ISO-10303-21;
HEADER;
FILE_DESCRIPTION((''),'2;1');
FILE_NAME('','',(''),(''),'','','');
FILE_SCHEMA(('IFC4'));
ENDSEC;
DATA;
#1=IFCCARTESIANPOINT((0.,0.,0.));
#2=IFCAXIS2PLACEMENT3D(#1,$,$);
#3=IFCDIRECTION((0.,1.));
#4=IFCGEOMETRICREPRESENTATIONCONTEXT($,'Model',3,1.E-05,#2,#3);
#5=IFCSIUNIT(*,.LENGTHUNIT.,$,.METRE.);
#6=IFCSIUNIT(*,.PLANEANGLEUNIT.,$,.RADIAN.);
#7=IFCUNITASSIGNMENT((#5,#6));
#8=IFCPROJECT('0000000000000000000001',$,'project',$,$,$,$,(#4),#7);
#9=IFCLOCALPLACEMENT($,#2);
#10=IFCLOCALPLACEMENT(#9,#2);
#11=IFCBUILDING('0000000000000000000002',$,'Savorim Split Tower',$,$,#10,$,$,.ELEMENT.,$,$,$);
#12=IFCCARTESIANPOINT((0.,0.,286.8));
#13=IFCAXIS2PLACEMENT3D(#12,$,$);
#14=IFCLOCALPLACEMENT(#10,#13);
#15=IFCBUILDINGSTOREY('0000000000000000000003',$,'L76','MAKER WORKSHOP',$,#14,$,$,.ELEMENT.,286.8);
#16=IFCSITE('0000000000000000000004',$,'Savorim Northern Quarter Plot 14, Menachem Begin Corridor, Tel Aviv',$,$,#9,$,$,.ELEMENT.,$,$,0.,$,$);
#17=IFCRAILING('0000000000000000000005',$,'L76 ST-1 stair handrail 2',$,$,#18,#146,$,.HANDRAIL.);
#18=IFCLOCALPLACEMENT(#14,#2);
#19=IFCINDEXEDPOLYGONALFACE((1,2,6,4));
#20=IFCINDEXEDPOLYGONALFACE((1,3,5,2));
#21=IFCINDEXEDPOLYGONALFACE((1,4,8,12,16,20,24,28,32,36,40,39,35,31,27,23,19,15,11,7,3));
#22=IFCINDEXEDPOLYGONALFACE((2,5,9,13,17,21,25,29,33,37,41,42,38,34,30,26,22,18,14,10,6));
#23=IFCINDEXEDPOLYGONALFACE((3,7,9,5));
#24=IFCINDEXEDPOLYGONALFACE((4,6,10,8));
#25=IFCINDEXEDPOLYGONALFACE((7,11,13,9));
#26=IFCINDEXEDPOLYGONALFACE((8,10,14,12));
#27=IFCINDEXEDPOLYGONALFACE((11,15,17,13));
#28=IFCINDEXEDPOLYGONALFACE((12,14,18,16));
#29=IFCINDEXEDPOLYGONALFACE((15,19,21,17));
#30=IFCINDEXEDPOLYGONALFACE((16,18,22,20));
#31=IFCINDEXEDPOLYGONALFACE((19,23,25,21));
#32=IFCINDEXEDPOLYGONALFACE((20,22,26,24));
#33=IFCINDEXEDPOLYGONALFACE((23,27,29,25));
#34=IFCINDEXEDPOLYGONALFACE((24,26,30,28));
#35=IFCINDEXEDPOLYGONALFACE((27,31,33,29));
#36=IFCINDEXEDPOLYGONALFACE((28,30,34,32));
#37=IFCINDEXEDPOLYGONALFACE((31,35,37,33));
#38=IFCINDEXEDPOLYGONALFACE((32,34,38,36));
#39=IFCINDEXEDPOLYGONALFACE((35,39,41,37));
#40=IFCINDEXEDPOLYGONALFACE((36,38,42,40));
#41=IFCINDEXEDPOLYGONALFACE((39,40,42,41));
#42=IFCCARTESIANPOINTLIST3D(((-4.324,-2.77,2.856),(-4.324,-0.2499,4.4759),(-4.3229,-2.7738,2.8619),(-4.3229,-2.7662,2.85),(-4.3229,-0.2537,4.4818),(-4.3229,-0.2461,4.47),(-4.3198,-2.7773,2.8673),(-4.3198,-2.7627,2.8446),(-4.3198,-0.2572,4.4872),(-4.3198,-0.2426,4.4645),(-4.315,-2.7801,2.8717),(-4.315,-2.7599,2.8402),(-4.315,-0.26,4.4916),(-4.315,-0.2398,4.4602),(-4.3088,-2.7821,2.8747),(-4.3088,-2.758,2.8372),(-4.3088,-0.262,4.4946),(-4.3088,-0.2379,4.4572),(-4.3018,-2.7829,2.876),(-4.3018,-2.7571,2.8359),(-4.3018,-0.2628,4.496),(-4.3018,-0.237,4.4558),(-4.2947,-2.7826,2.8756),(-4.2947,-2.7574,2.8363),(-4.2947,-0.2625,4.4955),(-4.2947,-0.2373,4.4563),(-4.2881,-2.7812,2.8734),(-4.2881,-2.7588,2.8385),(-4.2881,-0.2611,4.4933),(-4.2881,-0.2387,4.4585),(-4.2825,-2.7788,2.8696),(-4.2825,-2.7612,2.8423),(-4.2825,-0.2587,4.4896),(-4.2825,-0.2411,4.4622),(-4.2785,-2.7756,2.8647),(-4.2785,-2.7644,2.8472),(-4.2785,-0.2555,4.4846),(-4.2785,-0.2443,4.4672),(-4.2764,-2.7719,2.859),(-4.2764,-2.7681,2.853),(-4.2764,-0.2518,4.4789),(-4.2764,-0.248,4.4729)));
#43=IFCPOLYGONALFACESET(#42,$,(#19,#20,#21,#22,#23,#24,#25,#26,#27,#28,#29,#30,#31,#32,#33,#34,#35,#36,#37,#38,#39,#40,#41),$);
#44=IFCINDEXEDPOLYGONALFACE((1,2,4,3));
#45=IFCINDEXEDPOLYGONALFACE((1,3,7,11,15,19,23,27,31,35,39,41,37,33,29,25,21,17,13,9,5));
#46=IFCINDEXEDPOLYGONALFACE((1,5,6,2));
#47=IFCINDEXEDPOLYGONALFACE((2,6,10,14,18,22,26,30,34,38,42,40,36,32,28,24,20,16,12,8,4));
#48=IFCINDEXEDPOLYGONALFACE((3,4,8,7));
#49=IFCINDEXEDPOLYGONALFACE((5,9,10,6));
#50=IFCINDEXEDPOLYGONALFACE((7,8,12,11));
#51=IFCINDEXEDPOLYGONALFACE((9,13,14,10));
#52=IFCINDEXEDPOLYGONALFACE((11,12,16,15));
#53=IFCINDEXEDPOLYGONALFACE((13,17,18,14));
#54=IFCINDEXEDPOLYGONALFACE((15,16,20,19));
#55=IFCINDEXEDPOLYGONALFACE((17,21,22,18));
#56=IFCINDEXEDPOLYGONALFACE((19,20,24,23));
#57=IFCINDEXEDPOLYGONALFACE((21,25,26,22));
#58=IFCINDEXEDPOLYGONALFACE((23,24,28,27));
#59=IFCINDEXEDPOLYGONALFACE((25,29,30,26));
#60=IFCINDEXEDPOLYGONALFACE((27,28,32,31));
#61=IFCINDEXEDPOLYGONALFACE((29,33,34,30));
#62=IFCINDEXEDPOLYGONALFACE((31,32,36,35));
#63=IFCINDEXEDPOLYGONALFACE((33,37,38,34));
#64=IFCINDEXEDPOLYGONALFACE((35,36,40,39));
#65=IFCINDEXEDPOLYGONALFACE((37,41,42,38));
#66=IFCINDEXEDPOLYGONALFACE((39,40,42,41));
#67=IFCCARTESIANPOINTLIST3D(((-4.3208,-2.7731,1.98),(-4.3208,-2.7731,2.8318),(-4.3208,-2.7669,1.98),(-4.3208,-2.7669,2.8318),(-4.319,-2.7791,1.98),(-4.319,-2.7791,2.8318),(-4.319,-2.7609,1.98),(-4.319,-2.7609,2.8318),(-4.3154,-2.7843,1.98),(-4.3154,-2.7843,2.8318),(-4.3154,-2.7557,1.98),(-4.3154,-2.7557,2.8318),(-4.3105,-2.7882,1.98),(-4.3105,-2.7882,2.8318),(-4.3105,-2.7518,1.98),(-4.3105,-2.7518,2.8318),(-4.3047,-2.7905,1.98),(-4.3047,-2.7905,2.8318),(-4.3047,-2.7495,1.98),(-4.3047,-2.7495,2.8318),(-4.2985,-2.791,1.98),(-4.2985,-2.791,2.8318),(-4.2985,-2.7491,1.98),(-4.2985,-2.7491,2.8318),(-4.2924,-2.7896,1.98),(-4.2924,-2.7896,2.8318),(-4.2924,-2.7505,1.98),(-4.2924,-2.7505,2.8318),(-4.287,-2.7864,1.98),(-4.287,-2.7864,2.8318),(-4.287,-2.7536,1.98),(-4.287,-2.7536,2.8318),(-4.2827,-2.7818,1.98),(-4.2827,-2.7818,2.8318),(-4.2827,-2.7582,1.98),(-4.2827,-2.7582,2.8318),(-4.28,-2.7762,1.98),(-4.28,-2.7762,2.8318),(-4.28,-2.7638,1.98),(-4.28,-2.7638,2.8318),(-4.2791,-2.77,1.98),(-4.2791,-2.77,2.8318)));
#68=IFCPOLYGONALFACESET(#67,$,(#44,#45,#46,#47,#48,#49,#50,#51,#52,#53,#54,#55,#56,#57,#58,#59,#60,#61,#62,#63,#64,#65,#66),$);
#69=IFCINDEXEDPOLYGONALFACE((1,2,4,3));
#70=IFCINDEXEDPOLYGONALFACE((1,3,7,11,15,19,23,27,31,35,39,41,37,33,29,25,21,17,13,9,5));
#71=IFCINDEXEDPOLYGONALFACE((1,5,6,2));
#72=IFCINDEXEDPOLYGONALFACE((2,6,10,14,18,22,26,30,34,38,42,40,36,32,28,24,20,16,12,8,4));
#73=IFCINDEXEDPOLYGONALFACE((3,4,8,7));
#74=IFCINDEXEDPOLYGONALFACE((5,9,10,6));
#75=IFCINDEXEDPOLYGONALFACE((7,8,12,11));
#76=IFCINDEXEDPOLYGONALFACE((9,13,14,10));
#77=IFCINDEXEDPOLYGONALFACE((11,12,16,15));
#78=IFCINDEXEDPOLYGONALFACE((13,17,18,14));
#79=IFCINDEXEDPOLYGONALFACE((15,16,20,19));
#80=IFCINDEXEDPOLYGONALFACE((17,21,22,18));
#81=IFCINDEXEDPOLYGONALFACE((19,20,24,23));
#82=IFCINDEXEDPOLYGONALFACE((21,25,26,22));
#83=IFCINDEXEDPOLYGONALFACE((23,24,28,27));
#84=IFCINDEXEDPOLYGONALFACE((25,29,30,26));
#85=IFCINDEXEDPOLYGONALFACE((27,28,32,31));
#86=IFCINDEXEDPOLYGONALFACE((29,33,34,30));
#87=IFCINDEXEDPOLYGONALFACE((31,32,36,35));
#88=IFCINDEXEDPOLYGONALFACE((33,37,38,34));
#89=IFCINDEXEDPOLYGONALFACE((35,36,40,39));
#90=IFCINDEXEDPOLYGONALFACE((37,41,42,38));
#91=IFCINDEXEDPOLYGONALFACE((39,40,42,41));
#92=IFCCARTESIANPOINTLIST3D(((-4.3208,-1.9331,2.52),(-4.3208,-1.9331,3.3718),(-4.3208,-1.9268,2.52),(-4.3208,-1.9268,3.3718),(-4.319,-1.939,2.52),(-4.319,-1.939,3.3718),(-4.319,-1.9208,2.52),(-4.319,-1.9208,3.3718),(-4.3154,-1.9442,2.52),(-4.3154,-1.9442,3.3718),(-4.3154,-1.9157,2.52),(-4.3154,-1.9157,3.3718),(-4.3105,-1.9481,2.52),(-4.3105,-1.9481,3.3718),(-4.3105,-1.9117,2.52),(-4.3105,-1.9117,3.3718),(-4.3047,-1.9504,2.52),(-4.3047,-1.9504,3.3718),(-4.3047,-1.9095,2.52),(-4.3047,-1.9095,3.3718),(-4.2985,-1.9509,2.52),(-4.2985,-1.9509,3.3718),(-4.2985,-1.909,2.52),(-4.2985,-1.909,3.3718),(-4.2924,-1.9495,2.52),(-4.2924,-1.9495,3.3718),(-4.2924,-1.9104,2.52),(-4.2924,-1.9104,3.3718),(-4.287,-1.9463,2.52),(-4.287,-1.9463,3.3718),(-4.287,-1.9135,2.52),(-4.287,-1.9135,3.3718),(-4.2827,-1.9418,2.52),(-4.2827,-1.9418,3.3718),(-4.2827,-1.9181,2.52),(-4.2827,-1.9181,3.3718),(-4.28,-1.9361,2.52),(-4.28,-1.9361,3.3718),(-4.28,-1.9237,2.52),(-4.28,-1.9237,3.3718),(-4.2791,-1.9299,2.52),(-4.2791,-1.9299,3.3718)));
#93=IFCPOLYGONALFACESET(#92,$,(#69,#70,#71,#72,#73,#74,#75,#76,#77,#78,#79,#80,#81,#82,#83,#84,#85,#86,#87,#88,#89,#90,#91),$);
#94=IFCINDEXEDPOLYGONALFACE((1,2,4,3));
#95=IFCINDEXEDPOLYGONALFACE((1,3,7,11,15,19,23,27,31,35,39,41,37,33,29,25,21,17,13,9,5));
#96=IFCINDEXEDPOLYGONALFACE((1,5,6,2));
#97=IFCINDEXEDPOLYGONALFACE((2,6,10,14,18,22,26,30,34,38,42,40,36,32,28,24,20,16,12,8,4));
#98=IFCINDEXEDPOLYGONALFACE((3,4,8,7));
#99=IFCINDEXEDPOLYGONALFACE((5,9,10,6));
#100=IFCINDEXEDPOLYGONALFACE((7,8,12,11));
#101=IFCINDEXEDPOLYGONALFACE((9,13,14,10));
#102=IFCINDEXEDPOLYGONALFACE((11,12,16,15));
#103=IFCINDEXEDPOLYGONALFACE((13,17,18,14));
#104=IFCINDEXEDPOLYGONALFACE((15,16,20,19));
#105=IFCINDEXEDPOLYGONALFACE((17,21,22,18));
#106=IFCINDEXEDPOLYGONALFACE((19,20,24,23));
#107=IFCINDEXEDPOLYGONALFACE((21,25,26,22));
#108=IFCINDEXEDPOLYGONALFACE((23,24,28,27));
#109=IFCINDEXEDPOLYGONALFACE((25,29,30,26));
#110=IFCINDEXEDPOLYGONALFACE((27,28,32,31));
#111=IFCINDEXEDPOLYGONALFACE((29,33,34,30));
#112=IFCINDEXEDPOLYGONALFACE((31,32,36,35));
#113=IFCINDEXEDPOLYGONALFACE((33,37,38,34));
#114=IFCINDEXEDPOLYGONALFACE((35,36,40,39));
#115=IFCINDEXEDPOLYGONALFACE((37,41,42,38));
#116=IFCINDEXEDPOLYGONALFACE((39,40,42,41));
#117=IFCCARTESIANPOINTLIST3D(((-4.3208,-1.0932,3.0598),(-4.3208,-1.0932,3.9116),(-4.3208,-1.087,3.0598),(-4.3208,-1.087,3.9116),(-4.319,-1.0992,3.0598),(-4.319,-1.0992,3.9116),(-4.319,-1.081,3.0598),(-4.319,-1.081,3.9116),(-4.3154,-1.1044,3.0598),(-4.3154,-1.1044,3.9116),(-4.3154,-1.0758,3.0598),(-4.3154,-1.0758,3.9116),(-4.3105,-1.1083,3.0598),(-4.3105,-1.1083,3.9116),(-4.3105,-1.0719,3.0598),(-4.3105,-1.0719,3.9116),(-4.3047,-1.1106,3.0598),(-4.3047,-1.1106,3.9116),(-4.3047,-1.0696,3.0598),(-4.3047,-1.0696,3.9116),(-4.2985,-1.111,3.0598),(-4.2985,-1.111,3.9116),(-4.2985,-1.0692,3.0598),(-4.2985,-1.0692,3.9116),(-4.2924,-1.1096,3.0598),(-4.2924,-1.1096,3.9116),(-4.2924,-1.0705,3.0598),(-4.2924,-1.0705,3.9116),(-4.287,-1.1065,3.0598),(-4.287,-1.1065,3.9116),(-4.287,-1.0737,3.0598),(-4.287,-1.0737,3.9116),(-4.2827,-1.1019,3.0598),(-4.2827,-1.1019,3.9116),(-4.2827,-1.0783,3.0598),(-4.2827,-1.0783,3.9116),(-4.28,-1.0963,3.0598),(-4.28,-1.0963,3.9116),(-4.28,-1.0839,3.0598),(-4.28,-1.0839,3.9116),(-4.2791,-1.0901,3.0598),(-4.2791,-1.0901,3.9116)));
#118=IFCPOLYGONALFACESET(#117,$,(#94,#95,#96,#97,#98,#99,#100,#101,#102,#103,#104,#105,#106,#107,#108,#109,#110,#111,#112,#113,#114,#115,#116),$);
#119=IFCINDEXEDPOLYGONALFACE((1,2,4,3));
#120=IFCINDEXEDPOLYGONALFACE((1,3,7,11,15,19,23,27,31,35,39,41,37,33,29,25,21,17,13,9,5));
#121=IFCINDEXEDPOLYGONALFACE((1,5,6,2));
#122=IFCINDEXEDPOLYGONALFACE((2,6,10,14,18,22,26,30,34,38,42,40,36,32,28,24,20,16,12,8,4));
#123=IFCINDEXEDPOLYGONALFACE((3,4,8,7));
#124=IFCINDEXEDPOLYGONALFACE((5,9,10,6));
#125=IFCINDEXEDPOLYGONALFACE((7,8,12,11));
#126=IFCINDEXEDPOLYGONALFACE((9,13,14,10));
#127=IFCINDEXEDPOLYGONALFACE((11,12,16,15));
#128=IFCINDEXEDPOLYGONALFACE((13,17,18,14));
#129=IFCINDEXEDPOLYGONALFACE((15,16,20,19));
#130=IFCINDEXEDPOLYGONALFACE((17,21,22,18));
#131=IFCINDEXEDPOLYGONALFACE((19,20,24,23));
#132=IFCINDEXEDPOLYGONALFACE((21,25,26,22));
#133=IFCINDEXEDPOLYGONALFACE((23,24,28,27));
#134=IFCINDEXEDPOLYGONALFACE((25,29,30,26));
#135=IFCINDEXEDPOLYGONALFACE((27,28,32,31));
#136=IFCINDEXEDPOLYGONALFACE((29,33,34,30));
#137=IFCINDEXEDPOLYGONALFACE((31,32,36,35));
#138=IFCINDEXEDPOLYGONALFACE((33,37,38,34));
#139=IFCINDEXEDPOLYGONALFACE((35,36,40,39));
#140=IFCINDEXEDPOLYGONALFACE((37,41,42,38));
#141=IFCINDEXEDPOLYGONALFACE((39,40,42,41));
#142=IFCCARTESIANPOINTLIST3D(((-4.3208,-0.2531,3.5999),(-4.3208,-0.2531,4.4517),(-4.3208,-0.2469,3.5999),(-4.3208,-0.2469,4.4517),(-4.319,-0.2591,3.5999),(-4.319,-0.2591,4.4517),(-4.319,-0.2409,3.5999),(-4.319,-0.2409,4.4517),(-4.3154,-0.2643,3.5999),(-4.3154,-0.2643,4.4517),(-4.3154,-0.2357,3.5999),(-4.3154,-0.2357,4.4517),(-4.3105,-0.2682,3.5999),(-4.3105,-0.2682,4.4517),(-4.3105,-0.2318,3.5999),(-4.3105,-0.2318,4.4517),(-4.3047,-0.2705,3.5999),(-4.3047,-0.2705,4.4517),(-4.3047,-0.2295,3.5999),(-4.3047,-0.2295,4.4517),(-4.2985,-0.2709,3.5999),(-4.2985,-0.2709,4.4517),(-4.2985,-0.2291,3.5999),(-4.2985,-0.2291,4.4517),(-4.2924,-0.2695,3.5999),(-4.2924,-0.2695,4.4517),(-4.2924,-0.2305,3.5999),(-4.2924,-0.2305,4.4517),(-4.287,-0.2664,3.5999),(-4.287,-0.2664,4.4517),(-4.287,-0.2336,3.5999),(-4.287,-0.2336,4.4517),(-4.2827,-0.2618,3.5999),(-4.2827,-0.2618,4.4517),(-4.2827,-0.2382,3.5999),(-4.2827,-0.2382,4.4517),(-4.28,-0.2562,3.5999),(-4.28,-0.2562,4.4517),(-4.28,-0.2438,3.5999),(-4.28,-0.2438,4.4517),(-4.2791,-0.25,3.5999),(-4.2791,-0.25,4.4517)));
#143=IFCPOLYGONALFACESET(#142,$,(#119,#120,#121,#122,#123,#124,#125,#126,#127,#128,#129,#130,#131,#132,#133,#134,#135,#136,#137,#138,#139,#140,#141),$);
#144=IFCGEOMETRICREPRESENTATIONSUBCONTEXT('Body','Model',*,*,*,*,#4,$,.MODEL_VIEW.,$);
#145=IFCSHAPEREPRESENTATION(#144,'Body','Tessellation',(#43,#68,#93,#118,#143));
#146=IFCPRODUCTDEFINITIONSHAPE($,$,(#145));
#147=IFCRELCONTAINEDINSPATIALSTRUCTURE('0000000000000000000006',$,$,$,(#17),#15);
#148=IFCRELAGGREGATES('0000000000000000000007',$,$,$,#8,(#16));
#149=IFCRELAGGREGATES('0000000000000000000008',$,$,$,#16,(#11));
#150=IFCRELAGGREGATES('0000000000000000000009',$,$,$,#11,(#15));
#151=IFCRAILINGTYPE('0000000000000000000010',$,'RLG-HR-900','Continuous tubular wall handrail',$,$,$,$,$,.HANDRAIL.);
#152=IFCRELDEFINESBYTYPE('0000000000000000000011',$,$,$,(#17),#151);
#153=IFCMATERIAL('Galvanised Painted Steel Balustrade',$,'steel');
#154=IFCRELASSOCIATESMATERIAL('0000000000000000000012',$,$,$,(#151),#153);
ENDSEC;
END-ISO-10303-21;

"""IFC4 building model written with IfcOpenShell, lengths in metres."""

from ifc_helpers import new_model, si_unit, direction, frame, origin, origin_2d, place, context, subcontext, project, spatial, circle, extrude, material, type_object, element, save


model = new_model("IFC4")

# Units and contexts
model_context = context("Model", 3, precision=1e-05, world=origin(), true_north=direction((0.0, 1.0)))
body_context = subcontext(model_context, "Body", "Model", "MODEL_VIEW")
ifc_project = project(units=[si_unit("LENGTHUNIT", "METRE"), si_unit("PLANEANGLEUNIT", "RADIAN")], contexts=[model_context])

# Site, building, storey
site_placement = place(None, origin())
site = spatial("IfcSite", under=ifc_project, at=site_placement, Name="Savorim Northern Quarter Plot 14, Menachem Begin Corridor, Tel Aviv", CompositionType="ELEMENT", RefElevation=0.0)
building_placement = place(site_placement, origin())
building = spatial("IfcBuilding", under=site, at=building_placement, Name="Savorim Split Tower", CompositionType="ELEMENT")
storey_placement = place(building_placement, frame((0.0, 0.0, 286.8)))
storey = spatial("IfcBuildingStorey", under=building, at=storey_placement, Name="L76", Description="MAKER WORKSHOP", CompositionType="ELEMENT", Elevation=286.8)

# Railing
ifc_material_1 = material(Name="Galvanised Painted Steel Balustrade", Category="steel")
railing_type_1 = type_object("IfcRailingType", Name="RLG-HR-900", Description="Continuous tubular wall handrail", PredefinedType="HANDRAIL", material=ifc_material_1)
railing_1_placement = place(storey_placement, frame((-4.3, -2.77, 1.98)))
element("IfcRailing", 1, at=railing_1_placement, inside=storey, type_object=railing_type_1, Name="L76 ST-1 stair handrail 2", PredefinedType="HANDRAIL", context=body_context, shape_type="SweptSolid", body=[
    extrude(circle(Radius=0.0239, at=origin_2d()), frame((0.0, 0.0, 0.876), z_axis=(0.0, 0.8412, 0.540725), x_axis=(-1.0, 0.0, 0.0)), (0.0, 0.0, 1.0), 2.9958),
    extrude(circle(Radius=0.021, at=origin_2d()), origin(), (0.0, 0.0, 1.0), 0.8518),
    extrude(circle(Radius=0.021, at=origin_2d()), frame((0.0, 0.8401, 0.54)), (0.0, 0.0, 1.0), 0.8518),
    extrude(circle(Radius=0.021, at=origin_2d()), frame((0.0, 1.6799, 1.0798)), (0.0, 0.0, 1.0), 0.8518),
    extrude(circle(Radius=0.021, at=origin_2d()), frame((0.0, 2.52, 1.6199)), (0.0, 0.0, 1.0), 0.8518),
])

save(model, "model.ifc")
